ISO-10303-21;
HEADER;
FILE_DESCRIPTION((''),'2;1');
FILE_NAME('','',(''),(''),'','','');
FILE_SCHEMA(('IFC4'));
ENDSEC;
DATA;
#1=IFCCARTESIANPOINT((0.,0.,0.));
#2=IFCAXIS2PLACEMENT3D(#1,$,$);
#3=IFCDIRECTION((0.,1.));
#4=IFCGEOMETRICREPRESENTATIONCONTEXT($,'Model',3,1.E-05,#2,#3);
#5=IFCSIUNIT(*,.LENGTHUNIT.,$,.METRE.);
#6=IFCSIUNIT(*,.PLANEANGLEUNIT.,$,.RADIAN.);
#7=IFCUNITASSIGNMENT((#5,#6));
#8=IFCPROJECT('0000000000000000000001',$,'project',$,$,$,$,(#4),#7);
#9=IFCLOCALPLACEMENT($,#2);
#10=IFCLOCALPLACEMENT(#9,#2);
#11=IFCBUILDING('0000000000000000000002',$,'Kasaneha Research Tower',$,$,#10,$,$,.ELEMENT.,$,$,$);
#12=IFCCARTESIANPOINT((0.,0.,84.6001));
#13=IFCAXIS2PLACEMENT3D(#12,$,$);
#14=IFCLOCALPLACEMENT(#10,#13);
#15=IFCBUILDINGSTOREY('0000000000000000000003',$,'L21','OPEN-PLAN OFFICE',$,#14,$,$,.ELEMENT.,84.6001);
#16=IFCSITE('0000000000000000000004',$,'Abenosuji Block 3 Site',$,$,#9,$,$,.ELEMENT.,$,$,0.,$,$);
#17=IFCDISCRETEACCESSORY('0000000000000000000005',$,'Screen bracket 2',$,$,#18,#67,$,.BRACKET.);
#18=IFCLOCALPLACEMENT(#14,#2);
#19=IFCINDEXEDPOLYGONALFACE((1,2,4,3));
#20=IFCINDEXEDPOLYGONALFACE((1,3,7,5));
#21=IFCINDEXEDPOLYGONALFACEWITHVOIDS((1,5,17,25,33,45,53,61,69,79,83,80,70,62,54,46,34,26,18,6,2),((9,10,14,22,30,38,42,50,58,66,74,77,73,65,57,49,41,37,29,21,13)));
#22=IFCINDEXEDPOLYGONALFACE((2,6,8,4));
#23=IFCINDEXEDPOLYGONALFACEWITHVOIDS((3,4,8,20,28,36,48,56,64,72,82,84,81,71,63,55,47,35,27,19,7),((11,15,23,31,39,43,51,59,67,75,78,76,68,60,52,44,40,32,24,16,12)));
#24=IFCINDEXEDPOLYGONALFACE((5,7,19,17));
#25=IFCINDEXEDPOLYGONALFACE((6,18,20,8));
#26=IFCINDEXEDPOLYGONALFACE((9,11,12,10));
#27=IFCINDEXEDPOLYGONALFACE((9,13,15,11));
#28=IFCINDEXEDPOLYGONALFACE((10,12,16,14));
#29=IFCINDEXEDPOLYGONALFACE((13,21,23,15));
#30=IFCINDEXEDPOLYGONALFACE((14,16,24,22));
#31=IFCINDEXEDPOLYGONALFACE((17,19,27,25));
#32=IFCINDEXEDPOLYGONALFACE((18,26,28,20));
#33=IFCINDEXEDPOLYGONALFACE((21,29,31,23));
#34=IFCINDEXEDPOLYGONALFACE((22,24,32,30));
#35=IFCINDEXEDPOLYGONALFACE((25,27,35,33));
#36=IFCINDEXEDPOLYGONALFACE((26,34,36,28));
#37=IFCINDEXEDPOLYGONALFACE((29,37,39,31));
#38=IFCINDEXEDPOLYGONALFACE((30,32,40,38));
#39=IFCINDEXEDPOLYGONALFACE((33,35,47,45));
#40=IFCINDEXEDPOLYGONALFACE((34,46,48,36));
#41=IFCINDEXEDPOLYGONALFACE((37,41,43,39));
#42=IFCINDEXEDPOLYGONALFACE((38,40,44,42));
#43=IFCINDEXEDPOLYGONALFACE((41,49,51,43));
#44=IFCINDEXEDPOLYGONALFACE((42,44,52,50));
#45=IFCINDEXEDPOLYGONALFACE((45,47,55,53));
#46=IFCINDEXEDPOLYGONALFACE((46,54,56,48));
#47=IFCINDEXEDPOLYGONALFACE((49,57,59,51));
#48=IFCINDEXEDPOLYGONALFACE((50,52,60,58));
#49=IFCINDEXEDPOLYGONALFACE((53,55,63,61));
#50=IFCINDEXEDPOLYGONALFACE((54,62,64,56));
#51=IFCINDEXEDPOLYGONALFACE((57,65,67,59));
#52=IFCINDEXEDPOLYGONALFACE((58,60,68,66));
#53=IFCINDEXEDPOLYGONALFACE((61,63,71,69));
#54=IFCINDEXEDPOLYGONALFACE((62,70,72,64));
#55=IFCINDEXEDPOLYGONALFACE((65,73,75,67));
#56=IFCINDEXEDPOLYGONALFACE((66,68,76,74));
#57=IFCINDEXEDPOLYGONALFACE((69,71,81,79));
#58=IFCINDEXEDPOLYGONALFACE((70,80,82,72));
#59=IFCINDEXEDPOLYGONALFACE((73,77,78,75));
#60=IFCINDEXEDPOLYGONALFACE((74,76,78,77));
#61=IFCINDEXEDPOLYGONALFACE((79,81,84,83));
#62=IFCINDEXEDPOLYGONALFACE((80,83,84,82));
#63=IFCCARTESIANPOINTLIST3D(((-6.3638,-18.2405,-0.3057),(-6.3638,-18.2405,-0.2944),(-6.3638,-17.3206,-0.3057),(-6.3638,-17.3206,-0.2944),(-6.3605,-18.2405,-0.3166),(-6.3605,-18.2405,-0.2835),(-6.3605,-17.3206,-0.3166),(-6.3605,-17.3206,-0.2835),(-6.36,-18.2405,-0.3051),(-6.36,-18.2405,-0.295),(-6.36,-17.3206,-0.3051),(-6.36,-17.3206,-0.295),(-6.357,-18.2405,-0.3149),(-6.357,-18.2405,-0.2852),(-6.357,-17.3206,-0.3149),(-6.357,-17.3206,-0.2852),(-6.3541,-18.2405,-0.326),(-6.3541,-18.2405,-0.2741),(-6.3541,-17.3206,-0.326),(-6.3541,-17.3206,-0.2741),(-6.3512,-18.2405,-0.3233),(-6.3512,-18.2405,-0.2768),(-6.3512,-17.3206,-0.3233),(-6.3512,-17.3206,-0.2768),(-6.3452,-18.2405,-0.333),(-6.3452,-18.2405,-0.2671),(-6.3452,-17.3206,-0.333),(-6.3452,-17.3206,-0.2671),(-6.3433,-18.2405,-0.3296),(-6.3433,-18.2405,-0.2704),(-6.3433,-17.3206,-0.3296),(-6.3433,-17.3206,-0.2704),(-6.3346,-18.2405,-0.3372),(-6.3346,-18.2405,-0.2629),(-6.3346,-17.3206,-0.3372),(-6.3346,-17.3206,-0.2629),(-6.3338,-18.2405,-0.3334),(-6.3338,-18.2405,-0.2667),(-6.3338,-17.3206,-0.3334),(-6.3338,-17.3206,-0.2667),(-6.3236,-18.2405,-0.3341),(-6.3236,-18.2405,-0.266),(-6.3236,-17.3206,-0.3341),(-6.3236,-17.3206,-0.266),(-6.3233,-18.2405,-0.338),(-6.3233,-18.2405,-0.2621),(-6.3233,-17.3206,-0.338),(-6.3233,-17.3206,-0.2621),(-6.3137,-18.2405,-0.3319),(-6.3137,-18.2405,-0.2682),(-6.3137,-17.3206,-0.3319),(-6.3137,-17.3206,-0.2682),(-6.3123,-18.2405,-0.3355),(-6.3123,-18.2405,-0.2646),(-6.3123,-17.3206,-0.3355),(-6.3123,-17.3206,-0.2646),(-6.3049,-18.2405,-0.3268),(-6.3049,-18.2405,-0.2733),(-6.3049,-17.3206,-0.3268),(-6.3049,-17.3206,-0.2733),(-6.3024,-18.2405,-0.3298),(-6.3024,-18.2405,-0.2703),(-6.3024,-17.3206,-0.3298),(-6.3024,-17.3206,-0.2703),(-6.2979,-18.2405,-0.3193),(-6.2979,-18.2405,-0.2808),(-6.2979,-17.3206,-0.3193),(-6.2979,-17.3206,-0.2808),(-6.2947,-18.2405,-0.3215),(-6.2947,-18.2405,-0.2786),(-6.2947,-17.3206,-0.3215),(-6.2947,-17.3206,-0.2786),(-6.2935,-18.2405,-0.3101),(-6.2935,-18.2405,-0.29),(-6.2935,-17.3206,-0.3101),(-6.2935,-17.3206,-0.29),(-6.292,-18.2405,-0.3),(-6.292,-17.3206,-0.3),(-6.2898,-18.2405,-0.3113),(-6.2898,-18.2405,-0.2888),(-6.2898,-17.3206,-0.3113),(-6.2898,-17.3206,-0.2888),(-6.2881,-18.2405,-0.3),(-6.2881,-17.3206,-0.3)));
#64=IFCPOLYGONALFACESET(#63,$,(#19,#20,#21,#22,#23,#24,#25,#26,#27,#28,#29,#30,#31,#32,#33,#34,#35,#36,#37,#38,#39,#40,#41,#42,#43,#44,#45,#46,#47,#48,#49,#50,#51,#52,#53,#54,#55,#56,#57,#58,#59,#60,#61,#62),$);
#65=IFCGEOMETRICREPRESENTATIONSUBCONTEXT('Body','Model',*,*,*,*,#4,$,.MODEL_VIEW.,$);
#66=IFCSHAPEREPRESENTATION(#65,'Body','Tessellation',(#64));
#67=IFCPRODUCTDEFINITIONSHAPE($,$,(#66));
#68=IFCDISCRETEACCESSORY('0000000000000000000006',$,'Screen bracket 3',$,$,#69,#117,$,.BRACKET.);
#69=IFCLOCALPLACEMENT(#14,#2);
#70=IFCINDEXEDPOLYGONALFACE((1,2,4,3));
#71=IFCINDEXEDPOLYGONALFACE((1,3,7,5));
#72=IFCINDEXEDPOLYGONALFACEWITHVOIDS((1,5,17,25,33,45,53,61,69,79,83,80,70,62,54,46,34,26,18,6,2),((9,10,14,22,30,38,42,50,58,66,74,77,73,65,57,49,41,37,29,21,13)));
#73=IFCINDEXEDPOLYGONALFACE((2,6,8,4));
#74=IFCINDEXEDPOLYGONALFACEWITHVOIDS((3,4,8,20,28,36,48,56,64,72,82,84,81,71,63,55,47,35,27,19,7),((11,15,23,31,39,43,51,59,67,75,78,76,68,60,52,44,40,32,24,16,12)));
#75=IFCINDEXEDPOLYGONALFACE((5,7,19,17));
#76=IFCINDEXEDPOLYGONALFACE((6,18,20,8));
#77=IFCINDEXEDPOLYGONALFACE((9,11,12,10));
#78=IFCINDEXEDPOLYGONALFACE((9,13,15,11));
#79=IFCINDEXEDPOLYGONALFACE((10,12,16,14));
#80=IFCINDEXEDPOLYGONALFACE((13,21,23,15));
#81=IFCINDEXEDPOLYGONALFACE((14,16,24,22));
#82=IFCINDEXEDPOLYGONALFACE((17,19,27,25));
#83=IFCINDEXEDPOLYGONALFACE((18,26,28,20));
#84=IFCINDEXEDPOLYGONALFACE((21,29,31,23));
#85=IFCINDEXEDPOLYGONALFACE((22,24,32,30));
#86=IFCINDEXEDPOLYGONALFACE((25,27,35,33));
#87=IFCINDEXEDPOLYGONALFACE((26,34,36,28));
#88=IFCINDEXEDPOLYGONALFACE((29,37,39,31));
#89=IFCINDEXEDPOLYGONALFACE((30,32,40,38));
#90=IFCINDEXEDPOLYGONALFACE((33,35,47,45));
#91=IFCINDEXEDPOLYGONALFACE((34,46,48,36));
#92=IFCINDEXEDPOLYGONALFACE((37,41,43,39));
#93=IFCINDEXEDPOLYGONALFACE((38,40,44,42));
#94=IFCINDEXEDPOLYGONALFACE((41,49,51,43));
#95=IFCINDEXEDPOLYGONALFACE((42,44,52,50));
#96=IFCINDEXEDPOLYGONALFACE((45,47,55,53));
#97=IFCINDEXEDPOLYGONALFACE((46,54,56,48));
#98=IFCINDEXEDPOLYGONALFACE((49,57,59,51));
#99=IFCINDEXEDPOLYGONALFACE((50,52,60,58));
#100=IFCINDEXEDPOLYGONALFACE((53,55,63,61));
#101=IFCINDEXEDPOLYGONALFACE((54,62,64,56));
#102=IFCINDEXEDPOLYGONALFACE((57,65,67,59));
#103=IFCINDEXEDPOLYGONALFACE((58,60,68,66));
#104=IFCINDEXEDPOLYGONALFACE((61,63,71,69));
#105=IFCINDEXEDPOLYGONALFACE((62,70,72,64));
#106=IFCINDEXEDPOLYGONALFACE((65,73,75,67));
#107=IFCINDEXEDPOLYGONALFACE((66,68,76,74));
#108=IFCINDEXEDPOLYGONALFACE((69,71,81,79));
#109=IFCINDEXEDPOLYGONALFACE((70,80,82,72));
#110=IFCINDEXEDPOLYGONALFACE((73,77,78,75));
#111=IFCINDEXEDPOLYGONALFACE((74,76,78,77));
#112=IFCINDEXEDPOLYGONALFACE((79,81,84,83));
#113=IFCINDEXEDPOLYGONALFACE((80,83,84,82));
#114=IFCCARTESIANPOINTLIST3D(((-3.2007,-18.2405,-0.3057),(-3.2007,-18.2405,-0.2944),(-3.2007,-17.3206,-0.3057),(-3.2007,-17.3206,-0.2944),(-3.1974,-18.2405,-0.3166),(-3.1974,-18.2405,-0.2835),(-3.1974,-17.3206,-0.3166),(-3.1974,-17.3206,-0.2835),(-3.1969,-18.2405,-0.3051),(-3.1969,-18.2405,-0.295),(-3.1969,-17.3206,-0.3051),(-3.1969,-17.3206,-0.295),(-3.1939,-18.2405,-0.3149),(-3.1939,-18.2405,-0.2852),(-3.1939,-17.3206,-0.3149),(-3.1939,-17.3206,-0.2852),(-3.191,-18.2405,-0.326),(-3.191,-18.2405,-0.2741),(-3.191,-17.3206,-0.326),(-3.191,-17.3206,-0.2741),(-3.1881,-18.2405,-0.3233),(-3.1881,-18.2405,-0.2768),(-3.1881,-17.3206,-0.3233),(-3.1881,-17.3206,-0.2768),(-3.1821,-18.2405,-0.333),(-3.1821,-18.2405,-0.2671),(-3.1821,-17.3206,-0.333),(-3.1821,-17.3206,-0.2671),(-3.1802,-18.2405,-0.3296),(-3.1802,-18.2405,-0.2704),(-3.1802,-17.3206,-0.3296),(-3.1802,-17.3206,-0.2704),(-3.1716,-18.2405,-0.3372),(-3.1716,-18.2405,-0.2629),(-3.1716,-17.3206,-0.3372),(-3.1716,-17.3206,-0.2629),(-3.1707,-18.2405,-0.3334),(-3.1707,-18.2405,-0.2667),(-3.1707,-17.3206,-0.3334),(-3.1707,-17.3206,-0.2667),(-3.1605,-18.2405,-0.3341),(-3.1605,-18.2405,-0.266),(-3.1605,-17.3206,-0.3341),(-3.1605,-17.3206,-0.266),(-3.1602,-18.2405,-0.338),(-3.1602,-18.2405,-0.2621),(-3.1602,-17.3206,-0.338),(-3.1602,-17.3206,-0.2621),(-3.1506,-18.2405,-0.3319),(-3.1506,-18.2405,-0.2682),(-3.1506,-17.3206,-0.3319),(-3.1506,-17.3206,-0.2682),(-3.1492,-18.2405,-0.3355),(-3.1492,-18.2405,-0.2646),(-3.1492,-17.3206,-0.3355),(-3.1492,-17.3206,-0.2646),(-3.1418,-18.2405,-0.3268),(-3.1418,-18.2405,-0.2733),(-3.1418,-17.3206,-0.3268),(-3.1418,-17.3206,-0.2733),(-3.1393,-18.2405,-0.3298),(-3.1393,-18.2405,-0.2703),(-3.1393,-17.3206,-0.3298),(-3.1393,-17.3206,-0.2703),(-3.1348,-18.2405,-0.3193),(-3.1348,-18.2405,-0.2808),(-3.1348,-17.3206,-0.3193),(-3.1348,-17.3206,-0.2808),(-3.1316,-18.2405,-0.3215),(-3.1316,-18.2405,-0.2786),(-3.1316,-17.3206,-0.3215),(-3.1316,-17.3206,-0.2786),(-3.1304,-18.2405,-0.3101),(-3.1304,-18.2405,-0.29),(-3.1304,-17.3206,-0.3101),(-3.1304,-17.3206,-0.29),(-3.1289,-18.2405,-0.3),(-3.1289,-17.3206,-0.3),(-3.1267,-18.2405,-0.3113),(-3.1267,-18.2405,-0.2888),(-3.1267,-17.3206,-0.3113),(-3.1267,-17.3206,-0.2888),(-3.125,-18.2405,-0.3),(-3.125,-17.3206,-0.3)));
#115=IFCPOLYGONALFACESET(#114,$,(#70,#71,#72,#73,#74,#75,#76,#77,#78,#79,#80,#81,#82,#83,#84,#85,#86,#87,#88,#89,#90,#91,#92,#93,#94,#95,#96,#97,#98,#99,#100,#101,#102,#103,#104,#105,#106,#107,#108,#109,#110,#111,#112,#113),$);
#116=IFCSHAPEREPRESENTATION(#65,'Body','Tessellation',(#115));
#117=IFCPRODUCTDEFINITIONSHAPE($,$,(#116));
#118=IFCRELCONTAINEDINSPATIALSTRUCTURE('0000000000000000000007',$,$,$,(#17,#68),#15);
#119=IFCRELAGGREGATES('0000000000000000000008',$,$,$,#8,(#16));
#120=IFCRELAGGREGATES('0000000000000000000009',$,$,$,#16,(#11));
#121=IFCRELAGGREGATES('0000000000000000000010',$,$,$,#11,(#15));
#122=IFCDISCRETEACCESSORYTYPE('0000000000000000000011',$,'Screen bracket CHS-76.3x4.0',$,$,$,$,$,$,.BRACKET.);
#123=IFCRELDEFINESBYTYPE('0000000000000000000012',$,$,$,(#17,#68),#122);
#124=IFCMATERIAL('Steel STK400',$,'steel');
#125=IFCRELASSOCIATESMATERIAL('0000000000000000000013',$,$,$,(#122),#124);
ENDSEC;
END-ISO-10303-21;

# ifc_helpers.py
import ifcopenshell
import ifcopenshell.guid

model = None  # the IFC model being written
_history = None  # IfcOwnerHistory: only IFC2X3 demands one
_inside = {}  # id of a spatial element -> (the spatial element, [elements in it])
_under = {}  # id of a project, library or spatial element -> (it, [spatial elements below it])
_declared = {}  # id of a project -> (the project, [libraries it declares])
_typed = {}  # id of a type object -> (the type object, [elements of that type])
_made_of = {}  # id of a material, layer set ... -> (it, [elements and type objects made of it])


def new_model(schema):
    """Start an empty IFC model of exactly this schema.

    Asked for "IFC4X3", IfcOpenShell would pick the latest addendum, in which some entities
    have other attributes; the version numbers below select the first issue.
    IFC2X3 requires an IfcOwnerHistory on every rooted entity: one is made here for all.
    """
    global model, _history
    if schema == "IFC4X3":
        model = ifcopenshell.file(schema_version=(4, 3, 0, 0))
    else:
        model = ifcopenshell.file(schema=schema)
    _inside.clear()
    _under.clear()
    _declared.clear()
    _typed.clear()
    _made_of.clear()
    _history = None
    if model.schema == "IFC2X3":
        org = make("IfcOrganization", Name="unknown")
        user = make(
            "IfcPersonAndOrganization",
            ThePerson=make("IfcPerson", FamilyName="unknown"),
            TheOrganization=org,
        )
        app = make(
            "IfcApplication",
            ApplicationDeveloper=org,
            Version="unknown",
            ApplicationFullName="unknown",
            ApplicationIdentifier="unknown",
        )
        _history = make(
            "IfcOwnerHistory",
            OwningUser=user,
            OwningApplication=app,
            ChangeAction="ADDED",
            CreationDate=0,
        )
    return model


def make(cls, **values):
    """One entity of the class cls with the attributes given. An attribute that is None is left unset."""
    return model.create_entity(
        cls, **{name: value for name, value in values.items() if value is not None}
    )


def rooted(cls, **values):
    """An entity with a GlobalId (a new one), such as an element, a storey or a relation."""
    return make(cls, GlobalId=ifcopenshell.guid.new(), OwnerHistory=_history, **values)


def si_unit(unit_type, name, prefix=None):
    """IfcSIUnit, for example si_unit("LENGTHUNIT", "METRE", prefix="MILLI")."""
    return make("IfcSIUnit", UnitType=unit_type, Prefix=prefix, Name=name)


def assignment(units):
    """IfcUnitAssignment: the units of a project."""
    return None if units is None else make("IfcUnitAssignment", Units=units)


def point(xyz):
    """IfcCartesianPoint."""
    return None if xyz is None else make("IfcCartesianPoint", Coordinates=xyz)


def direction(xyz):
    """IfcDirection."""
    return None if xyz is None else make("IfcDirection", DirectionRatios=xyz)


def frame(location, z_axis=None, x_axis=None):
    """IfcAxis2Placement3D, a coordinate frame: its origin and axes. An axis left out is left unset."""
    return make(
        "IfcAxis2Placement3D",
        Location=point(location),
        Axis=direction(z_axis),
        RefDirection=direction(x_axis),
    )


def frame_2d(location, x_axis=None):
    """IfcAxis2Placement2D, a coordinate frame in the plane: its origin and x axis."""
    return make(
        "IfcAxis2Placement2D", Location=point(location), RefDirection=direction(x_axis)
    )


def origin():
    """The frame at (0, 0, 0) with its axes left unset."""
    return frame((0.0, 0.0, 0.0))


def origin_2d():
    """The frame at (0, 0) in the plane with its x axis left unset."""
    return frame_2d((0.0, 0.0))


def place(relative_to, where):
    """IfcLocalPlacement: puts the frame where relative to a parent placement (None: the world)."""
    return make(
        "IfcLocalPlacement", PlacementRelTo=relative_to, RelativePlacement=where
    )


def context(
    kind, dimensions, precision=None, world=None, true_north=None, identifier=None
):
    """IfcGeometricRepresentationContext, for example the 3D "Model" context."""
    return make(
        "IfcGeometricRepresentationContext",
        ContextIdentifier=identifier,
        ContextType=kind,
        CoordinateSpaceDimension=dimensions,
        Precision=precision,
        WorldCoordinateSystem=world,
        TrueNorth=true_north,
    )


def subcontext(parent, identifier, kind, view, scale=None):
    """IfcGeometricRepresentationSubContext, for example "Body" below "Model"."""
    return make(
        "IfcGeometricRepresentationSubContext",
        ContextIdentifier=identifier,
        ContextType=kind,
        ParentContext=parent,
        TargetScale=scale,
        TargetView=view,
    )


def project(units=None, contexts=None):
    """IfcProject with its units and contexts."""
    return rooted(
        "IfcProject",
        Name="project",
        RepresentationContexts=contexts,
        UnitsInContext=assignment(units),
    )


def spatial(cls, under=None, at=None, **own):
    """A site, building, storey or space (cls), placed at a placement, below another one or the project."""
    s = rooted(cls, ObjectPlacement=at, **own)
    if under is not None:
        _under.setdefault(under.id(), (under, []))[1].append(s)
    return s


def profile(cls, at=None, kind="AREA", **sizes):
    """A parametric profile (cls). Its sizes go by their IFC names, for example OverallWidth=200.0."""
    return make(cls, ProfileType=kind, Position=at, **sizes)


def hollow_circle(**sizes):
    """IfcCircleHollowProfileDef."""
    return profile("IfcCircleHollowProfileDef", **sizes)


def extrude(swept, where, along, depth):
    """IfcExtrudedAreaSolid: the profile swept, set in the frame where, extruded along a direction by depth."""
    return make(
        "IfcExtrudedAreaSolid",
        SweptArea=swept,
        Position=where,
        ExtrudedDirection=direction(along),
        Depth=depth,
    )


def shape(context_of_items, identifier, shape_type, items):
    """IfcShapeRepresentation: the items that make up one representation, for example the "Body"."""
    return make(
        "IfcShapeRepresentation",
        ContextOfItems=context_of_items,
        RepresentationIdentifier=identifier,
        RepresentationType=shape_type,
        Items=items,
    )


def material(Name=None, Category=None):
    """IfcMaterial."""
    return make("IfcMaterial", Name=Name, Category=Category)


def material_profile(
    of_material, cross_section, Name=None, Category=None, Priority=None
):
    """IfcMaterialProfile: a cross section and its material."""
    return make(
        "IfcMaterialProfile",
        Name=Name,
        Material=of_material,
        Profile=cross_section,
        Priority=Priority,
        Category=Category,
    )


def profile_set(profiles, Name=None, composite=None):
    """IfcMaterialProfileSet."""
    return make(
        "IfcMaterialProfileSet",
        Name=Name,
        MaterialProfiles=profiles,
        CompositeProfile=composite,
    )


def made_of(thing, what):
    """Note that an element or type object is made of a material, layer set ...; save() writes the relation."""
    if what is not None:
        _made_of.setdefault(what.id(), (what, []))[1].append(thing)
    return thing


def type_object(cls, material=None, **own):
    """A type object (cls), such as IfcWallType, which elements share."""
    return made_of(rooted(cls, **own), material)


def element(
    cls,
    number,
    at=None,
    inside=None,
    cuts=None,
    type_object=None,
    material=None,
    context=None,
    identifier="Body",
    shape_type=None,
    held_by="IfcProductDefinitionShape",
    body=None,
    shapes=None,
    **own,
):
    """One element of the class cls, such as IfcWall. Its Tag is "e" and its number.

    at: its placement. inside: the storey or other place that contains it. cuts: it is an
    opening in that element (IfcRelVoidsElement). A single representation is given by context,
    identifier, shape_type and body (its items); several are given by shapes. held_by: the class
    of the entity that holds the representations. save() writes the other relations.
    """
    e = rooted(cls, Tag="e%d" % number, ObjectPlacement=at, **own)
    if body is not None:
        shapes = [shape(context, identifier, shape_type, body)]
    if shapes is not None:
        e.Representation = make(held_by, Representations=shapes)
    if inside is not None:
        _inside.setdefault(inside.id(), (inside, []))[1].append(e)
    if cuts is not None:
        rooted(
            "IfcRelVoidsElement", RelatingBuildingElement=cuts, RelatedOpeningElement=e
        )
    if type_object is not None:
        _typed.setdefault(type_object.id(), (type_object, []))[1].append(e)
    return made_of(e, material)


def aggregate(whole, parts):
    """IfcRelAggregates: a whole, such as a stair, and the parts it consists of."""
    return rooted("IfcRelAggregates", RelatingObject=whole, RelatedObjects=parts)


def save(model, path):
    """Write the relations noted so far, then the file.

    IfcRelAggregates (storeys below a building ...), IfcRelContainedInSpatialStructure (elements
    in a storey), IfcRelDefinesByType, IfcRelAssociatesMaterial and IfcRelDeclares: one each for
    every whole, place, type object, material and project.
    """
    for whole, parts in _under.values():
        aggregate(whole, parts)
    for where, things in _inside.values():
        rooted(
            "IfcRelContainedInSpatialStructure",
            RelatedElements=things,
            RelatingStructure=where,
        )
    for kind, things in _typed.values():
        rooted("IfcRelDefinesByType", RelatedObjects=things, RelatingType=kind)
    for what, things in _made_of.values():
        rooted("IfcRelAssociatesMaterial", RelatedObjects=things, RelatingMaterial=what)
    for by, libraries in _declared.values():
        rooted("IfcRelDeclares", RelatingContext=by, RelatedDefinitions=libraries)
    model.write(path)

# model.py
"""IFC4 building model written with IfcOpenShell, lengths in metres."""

from ifc_helpers import new_model, si_unit, direction, frame, origin, origin_2d, place, context, subcontext, project, spatial, hollow_circle, extrude, material, material_profile, profile_set, type_object, element, save


model = new_model("IFC4")

# Units and contexts
model_context = context("Model", 3, precision=1e-05, world=origin(), true_north=direction((0.0, 1.0)))
body_context = subcontext(model_context, "Body", "Model", "MODEL_VIEW")
ifc_project = project(units=[si_unit("LENGTHUNIT", "METRE"), si_unit("PLANEANGLEUNIT", "RADIAN")], contexts=[model_context])

# Site, building, storey
site_placement = place(None, origin())
site = spatial("IfcSite", under=ifc_project, at=site_placement, Name="Abenosuji Block 3 Site", CompositionType="ELEMENT", RefElevation=0.0)
building_placement = place(site_placement, origin())
building = spatial("IfcBuilding", under=site, at=building_placement, Name="Kasaneha Research Tower", CompositionType="ELEMENT")
storey_placement = place(building_placement, frame((0.0, 0.0, 84.6001)))
storey = spatial("IfcBuildingStorey", under=building, at=storey_placement, Name="L21", Description="OPEN-PLAN OFFICE", CompositionType="ELEMENT", Elevation=84.6001)

# Discrete accessories
ifc_material_1 = material(Name="Steel STK400", Category="steel")
ifc_material_profile_1 = material_profile(ifc_material_1, hollow_circle(Radius=0.0381, WallThickness=0.0039, at=origin_2d()), Name="CHS-76.3x4.0")
ifc_profile_set_1 = profile_set([ifc_material_profile_1], Name="Steel STK400")
discrete_accessory_type = type_object("IfcDiscreteAccessoryType", Name="Screen bracket CHS-76.3x4.0", PredefinedType="BRACKET", material=ifc_profile_set_1)
for number, where, z_axis, x_axis, name in (
    (1, (-6.3262, -17.3206, -0.3), (0.0, -1.0, 0.0), (1.0, 0.0, 0.0), "Screen bracket 2"),
    (2, (-3.1631, -17.3206, -0.3), (0.0, -1.0, 0.0), (1.0, 0.0, 0.0), "Screen bracket 3"),
):
    element("IfcDiscreteAccessory", number, at=place(storey_placement, frame(where, z_axis=z_axis, x_axis=x_axis)), inside=storey, type_object=discrete_accessory_type, Name=name, PredefinedType="BRACKET", context=body_context, shape_type="SweptSolid", body=[
        extrude(hollow_circle(Radius=0.0381, WallThickness=0.0039, at=origin_2d()), origin(), (0.0, 0.0, 1.0), 0.9199),
    ])

save(model, "model.ifc")
